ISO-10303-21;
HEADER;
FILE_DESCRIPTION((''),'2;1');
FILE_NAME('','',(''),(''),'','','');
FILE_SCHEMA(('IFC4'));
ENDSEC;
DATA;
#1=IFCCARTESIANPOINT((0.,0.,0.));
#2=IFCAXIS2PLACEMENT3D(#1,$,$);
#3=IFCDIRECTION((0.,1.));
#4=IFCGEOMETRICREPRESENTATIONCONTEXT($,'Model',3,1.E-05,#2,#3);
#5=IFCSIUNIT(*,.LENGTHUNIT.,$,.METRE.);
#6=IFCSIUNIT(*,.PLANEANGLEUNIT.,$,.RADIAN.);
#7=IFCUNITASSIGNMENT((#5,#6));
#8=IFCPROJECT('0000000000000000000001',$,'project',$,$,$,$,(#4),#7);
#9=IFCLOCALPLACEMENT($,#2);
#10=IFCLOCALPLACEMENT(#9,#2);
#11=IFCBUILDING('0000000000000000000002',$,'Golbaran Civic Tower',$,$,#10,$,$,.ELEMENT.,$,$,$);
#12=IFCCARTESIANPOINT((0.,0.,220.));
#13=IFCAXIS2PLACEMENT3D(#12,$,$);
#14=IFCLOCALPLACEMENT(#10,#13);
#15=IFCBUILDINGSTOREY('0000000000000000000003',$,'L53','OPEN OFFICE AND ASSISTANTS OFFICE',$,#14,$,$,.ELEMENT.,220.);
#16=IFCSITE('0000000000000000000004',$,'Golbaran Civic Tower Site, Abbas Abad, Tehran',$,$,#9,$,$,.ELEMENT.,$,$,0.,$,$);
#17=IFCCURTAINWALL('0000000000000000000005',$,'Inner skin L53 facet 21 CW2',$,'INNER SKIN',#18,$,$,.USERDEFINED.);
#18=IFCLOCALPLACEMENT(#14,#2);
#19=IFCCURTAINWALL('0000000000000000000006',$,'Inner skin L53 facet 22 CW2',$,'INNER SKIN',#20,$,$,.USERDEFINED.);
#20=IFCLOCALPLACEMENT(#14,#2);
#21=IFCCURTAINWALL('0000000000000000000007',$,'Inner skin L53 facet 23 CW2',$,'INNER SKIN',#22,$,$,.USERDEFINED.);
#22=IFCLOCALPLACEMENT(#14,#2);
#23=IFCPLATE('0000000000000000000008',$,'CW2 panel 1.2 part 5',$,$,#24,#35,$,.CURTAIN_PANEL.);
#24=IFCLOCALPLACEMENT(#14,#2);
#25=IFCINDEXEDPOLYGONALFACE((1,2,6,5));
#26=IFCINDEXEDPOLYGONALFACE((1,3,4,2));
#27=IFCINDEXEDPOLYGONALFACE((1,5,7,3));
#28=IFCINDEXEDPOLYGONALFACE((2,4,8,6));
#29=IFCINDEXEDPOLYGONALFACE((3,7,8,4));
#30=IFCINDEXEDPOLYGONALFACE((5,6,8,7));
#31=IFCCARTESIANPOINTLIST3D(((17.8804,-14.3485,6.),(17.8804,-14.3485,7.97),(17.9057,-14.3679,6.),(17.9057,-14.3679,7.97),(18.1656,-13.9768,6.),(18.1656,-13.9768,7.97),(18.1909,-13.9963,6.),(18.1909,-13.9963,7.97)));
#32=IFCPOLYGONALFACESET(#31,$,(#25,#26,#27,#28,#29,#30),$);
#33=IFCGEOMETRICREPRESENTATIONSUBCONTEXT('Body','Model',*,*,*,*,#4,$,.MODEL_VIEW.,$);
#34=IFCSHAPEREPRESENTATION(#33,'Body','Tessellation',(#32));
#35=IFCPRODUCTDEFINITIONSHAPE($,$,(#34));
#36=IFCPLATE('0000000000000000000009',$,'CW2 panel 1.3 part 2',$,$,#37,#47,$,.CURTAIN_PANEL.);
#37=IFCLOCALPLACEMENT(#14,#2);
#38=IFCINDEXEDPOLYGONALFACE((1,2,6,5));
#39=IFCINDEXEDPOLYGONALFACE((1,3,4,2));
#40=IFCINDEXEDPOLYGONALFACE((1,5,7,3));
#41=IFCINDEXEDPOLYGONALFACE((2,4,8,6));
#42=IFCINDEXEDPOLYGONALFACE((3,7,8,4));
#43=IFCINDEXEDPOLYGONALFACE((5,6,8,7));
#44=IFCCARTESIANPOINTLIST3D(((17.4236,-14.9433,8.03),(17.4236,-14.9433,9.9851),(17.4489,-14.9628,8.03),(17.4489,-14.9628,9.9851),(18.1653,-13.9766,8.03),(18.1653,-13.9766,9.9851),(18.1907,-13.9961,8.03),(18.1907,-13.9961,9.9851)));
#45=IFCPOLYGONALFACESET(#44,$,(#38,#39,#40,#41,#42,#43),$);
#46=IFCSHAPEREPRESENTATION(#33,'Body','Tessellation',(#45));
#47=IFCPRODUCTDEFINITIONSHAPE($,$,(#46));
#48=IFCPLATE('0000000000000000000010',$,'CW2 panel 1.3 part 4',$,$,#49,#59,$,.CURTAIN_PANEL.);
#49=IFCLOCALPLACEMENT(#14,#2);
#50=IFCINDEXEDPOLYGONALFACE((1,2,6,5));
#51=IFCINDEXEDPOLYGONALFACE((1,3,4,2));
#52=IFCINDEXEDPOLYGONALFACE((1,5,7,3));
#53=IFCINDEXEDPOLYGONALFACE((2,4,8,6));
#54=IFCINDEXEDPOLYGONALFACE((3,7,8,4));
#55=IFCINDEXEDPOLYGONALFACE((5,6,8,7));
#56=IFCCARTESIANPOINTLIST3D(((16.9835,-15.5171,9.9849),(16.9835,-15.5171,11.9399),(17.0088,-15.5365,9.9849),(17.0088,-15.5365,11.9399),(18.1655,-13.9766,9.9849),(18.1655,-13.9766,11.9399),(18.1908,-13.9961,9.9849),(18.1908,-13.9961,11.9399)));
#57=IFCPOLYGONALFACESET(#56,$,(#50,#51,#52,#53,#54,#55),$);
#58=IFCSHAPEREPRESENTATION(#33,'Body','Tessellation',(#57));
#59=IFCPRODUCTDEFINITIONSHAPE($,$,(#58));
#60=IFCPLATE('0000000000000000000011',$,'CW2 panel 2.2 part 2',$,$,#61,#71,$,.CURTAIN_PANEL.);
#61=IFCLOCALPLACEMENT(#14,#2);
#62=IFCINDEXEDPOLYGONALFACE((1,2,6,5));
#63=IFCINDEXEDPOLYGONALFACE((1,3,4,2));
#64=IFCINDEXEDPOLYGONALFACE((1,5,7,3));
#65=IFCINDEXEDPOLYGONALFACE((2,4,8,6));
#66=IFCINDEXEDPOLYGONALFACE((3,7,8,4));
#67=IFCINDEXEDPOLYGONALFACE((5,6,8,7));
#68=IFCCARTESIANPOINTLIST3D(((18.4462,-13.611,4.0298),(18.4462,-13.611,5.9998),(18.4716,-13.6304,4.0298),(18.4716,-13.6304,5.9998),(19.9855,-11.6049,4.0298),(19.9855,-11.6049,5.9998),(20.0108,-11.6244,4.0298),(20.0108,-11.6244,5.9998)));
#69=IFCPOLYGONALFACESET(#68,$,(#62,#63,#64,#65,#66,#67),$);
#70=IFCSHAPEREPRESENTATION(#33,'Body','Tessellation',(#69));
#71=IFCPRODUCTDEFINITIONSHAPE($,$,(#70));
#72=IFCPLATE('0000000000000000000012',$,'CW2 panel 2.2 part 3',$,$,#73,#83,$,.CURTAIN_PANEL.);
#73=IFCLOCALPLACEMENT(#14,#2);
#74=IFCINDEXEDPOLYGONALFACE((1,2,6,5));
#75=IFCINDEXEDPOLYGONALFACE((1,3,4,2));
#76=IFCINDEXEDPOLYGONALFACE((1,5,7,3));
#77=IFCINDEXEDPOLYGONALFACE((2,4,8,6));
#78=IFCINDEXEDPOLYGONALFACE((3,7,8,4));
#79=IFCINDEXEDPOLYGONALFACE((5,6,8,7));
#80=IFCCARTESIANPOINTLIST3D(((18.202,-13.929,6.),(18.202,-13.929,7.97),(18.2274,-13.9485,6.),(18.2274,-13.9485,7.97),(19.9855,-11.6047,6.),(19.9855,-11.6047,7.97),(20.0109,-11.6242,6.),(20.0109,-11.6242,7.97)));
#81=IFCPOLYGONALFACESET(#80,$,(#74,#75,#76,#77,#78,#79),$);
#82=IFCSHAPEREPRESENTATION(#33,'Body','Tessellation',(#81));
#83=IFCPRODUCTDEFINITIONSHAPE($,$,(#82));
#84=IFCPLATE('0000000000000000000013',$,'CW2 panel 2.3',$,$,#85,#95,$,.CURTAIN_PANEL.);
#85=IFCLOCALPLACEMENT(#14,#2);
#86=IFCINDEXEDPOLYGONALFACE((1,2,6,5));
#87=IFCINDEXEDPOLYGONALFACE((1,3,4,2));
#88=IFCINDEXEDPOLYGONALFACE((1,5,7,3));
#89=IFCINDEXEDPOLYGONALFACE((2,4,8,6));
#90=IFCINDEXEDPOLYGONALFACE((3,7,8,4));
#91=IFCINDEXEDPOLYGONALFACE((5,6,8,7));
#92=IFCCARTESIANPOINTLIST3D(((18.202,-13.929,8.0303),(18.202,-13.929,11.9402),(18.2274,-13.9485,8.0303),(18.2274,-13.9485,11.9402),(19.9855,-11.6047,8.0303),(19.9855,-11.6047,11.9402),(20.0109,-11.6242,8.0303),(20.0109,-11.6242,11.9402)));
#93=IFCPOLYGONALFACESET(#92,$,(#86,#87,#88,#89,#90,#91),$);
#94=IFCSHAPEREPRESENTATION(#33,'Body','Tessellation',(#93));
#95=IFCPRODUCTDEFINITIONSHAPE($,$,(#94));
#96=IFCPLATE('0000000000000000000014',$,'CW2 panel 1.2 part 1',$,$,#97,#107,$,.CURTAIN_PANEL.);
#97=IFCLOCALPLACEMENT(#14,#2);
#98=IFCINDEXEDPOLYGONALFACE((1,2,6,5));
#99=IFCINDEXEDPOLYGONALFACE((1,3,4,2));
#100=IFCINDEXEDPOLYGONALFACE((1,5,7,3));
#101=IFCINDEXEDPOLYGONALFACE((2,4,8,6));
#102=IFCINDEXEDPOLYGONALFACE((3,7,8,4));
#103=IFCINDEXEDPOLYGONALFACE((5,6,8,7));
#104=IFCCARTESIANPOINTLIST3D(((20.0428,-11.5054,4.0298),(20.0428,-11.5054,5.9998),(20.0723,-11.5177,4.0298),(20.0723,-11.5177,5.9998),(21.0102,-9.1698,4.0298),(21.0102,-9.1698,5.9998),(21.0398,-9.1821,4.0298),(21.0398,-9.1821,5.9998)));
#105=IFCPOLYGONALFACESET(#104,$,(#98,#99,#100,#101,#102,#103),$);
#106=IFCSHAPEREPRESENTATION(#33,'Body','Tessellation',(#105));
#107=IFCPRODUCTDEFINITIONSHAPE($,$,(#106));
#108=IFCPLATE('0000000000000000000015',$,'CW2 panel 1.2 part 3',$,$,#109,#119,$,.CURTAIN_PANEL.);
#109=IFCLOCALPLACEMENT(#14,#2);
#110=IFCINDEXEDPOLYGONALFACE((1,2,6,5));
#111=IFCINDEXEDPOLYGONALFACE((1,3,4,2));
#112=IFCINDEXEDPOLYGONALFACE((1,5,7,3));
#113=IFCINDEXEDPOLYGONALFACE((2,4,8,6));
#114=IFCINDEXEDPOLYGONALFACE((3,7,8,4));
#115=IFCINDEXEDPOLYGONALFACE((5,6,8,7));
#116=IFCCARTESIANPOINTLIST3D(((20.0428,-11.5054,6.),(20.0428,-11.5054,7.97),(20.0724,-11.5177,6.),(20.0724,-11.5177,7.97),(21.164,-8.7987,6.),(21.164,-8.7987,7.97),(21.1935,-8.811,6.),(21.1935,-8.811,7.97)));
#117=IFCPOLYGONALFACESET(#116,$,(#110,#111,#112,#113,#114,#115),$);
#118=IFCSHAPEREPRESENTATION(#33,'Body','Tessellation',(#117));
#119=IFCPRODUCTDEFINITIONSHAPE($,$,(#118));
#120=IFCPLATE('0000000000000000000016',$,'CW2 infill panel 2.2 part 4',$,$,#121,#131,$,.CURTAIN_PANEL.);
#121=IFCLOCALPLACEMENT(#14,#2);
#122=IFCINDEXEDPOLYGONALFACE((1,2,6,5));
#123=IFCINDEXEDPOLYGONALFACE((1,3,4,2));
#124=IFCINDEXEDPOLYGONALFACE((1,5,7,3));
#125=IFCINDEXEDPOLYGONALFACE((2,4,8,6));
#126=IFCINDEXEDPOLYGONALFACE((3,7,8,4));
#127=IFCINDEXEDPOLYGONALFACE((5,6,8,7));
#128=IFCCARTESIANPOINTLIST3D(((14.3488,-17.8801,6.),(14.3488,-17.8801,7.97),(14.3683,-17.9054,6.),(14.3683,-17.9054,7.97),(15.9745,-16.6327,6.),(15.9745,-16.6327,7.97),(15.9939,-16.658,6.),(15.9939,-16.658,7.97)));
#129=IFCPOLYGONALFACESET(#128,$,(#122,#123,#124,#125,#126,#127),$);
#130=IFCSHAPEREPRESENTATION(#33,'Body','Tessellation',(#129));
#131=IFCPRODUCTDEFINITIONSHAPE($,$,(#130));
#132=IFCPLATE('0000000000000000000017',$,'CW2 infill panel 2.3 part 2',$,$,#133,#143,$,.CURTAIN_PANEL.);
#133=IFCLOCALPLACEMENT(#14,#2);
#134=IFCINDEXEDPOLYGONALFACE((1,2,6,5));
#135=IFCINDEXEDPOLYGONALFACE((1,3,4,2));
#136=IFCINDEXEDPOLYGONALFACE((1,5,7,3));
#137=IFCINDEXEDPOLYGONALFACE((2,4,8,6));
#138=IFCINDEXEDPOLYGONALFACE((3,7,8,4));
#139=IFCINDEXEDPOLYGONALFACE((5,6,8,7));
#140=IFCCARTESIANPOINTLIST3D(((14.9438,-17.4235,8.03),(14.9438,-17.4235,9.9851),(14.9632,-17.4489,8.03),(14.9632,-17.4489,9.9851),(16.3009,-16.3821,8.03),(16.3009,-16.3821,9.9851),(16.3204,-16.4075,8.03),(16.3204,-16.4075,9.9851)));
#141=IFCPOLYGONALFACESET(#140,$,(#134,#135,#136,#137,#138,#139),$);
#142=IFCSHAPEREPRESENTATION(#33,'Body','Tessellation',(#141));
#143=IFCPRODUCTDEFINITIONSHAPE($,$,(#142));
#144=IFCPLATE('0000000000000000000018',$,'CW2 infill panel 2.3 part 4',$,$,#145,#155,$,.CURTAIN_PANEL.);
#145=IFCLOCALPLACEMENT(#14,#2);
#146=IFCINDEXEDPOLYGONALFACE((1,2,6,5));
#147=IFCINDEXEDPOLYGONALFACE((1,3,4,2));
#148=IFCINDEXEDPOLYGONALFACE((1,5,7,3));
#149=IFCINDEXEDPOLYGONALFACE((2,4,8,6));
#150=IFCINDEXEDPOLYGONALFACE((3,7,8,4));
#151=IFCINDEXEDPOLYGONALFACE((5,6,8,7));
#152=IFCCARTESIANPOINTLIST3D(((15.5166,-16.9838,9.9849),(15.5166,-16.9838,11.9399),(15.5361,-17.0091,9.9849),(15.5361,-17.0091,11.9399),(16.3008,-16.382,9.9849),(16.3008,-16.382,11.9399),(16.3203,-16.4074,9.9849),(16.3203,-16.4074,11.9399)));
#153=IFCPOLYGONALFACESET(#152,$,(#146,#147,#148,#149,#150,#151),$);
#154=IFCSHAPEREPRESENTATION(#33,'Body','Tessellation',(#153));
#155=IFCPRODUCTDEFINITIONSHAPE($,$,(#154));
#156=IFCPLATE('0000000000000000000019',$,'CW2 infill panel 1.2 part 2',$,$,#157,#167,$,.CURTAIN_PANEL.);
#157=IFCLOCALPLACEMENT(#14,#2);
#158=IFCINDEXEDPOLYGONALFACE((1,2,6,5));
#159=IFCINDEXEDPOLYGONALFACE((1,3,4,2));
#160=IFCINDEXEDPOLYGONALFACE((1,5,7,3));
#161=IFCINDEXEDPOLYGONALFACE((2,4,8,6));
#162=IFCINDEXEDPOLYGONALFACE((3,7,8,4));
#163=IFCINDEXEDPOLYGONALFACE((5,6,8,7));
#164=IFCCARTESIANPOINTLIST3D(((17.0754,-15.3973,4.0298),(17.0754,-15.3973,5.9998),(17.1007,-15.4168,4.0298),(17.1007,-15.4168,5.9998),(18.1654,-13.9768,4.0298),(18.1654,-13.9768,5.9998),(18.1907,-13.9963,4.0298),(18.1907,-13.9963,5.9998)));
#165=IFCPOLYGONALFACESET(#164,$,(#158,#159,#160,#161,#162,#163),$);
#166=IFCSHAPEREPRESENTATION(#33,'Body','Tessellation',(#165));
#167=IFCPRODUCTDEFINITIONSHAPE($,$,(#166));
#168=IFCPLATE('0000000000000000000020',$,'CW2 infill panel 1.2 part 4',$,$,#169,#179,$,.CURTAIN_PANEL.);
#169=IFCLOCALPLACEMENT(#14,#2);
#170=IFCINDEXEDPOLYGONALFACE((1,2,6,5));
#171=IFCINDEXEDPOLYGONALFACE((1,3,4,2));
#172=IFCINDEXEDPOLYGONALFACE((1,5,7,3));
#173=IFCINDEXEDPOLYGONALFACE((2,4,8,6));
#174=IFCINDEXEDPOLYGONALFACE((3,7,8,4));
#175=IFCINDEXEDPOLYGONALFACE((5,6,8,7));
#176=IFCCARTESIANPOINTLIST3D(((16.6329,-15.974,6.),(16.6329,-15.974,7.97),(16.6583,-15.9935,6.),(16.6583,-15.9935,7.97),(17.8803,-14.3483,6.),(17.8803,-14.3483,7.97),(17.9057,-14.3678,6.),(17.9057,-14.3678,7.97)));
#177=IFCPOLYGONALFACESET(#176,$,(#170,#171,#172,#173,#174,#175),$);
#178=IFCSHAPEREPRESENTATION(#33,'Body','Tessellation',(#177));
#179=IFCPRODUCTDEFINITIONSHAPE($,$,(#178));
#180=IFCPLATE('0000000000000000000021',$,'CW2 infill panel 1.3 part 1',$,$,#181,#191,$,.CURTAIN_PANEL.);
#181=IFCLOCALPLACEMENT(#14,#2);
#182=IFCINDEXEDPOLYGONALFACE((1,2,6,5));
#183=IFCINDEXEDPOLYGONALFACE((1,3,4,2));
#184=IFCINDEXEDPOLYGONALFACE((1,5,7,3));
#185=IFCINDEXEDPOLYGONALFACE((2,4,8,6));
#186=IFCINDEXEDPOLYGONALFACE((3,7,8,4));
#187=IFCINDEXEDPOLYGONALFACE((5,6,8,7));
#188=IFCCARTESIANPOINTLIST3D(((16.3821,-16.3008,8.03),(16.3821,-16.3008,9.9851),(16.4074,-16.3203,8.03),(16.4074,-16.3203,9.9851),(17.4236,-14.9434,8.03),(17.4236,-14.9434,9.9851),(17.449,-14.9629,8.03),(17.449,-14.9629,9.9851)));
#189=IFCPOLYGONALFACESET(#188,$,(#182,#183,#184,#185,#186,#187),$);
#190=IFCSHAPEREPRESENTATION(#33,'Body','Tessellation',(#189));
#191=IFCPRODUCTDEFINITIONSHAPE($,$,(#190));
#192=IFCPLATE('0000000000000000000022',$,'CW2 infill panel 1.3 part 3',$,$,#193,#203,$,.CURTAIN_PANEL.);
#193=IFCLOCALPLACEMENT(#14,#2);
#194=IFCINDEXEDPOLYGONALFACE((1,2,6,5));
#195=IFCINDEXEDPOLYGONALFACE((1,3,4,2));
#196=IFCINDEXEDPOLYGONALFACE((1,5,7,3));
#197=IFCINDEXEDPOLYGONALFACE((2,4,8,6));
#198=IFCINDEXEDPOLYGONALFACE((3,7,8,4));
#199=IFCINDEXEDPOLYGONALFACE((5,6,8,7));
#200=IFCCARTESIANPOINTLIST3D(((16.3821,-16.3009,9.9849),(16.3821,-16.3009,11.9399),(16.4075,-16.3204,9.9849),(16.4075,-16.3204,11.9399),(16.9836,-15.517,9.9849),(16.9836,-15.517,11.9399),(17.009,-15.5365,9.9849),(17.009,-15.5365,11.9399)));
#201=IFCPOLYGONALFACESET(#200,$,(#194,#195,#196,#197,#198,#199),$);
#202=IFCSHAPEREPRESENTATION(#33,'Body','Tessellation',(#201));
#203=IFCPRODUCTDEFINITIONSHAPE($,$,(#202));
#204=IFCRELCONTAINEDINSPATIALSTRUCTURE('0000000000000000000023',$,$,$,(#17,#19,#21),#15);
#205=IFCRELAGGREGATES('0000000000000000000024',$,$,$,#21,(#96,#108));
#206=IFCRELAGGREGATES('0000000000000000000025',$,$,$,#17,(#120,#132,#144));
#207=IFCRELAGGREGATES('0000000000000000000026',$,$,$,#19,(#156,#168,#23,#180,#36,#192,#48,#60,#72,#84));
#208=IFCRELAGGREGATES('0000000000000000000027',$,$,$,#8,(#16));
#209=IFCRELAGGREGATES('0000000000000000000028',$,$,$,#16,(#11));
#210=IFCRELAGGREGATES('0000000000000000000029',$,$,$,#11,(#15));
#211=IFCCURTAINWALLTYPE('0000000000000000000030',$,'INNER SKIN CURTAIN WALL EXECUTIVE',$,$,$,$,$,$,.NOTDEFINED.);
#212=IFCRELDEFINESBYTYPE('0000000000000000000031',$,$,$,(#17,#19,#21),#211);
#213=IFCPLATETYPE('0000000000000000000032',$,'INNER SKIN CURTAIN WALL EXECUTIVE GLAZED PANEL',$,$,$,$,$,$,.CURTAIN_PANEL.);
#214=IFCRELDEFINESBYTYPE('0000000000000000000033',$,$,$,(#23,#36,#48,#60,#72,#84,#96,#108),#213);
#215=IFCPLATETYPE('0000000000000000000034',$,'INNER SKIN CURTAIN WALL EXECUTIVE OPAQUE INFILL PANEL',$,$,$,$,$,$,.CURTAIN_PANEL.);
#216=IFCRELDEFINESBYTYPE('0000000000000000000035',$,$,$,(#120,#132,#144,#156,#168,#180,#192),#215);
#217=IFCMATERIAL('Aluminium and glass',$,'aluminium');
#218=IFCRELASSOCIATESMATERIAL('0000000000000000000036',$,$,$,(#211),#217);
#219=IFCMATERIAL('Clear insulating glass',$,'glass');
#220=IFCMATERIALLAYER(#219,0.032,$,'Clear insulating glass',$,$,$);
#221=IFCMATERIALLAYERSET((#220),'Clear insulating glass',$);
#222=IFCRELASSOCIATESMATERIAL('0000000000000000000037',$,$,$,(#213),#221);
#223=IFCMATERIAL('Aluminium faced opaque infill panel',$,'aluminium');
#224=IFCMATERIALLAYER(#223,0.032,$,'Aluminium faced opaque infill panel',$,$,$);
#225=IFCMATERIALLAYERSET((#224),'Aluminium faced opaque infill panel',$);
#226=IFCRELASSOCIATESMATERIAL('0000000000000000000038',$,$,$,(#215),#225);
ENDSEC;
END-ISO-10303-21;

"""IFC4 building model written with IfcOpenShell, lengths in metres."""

from ifc_helpers import new_model, si_unit, direction, frame, origin, origin_2d, place, context, subcontext, project, spatial, rectangle, extrude, material, layer, layer_set, type_object, element, aggregate, save


model = new_model("IFC4")

# Units and contexts
model_context = context("Model", 3, precision=1e-05, world=origin(), true_north=direction((0.0, 1.0)))
body_context = subcontext(model_context, "Body", "Model", "MODEL_VIEW")
ifc_project = project(units=[si_unit("LENGTHUNIT", "METRE"), si_unit("PLANEANGLEUNIT", "RADIAN")], contexts=[model_context])

# Site, building, storey
site_placement = place(None, origin())
site = spatial("IfcSite", under=ifc_project, at=site_placement, Name="Golbaran Civic Tower Site, Abbas Abad, Tehran", CompositionType="ELEMENT", RefElevation=0.0)
building_placement = place(site_placement, origin())
building = spatial("IfcBuilding", under=site, at=building_placement, Name="Golbaran Civic Tower", CompositionType="ELEMENT")
storey_placement = place(building_placement, frame((0.0, 0.0, 220.0)))
storey = spatial("IfcBuildingStorey", under=building, at=storey_placement, Name="L53", Description="OPEN OFFICE AND ASSISTANTS OFFICE", CompositionType="ELEMENT", Elevation=220.0)

# Curtain walls
ifc_material_1 = material(Name="Aluminium and glass", Category="aluminium")
curtain_wall_type = type_object("IfcCurtainWallType", Name="INNER SKIN CURTAIN WALL EXECUTIVE", PredefinedType="NOTDEFINED", material=ifc_material_1)
curtain_wall_1_placement = place(storey_placement, origin())
curtain_wall_1 = element("IfcCurtainWall", 1, at=curtain_wall_1_placement, inside=storey, type_object=curtain_wall_type, Name="Inner skin L53 facet 21 CW2", ObjectType="INNER SKIN", PredefinedType="USERDEFINED")
curtain_wall_2_placement = place(storey_placement, origin())
curtain_wall_2 = element("IfcCurtainWall", 2, at=curtain_wall_2_placement, inside=storey, type_object=curtain_wall_type, Name="Inner skin L53 facet 22 CW2", ObjectType="INNER SKIN", PredefinedType="USERDEFINED")
curtain_wall_3_placement = place(storey_placement, origin())
curtain_wall_3 = element("IfcCurtainWall", 3, at=curtain_wall_3_placement, inside=storey, type_object=curtain_wall_type, Name="Inner skin L53 facet 23 CW2", ObjectType="INNER SKIN", PredefinedType="USERDEFINED")

# Plates
ifc_material_2 = material(Name="Clear insulating glass", Category="glass")
ifc_layer_1 = layer(ifc_material_2, 0.032, Name="Clear insulating glass")
ifc_layer_set_1 = layer_set([ifc_layer_1], Name="Clear insulating glass")
plate_type_1 = type_object("IfcPlateType", Name="INNER SKIN CURTAIN WALL EXECUTIVE GLAZED PANEL", PredefinedType="CURTAIN_PANEL", material=ifc_layer_set_1)
plate_1_placement = place(storey_placement, frame((18.0356, -14.1724, 6.0), z_axis=(0.0, 0.0, 1.0), x_axis=(0.608761, 0.793353, 0.0)))
plate_1 = element("IfcPlate", 4, at=plate_1_placement, type_object=plate_type_1, Name="CW2 panel 1.2 part 5", PredefinedType="CURTAIN_PANEL", context=body_context, shape_type="SweptSolid", body=[
    extrude(rectangle(XDim=0.4685, YDim=0.032, at=origin_2d()), origin(), (0.0, 0.0, 1.0), 1.97),
])
plate_2_placement = place(storey_placement, frame((17.8071, -14.4697, 8.03), z_axis=(0.0, 0.0, 1.0), x_axis=(0.608761, 0.793353, 0.0)))
plate_2 = element("IfcPlate", 5, at=plate_2_placement, type_object=plate_type_1, Name="CW2 panel 1.3 part 2", PredefinedType="CURTAIN_PANEL", context=body_context, shape_type="SweptSolid", body=[
    extrude(rectangle(XDim=1.2185, YDim=0.032, at=origin_2d()), origin(), (0.0, 0.0, 1.0), 1.9551),
])
plate_3_placement = place(storey_placement, frame((17.5872, -14.7566, 9.9849), z_axis=(0.0, 0.0, 1.0), x_axis=(0.608761, 0.793353, 0.0)))
plate_3 = element("IfcPlate", 6, at=plate_3_placement, type_object=plate_type_1, Name="CW2 panel 1.3 part 4", PredefinedType="CURTAIN_PANEL", context=body_context, shape_type="SweptSolid", body=[
    extrude(rectangle(XDim=1.9417, YDim=0.032, at=origin_2d()), origin(), (0.0, 0.0, 1.0), 1.9551),
])
plate_4_placement = place(storey_placement, frame((19.2285, -12.6177, 4.0298), z_axis=(0.0, 0.0, 1.0), x_axis=(0.608761, 0.793353, 0.0)))
plate_4 = element("IfcPlate", 7, at=plate_4_placement, type_object=plate_type_1, Name="CW2 panel 2.2 part 2", PredefinedType="CURTAIN_PANEL", context=body_context, shape_type="SweptSolid", body=[
    extrude(rectangle(XDim=2.5286, YDim=0.032, at=origin_2d()), origin(), (0.0, 0.0, 1.0), 1.97),
])
plate_5_placement = place(storey_placement, frame((19.1064, -12.7766, 6.0), z_axis=(0.0, 0.0, 1.0), x_axis=(0.608761, 0.793353, 0.0)))
plate_5 = element("IfcPlate", 8, at=plate_5_placement, type_object=plate_type_1, Name="CW2 panel 2.2 part 3", PredefinedType="CURTAIN_PANEL", context=body_context, shape_type="SweptSolid", body=[
    extrude(rectangle(XDim=2.9297, YDim=0.032, at=origin_2d()), origin(), (0.0, 0.0, 1.0), 1.97),
])
plate_6_placement = place(storey_placement, frame((19.1064, -12.7766, 8.0303), z_axis=(0.0, 0.0, 1.0), x_axis=(0.608761, 0.793353, 0.0)))
plate_6 = element("IfcPlate", 9, at=plate_6_placement, type_object=plate_type_1, Name="CW2 panel 2.3", PredefinedType="CURTAIN_PANEL", context=body_context, shape_type="SweptSolid", body=[
    extrude(rectangle(XDim=2.9297, YDim=0.032, at=origin_2d()), origin(), (0.0, 0.0, 1.0), 3.9099),
])
plate_7_placement = place(storey_placement, frame((20.5413, -10.3438, 4.0298), z_axis=(0.0, 0.0, 1.0), x_axis=(0.382683, 0.92388, 0.0)))
plate_7 = element("IfcPlate", 10, at=plate_7_placement, type_object=plate_type_1, Name="CW2 panel 1.2 part 1", PredefinedType="CURTAIN_PANEL", context=body_context, shape_type="SweptSolid", body=[
    extrude(rectangle(XDim=2.5281, YDim=0.032, at=origin_2d()), origin(), (0.0, 0.0, 1.0), 1.97),
])
plate_8_placement = place(storey_placement, frame((20.6182, -10.1582, 6.0), z_axis=(0.0, 0.0, 1.0), x_axis=(0.382683, 0.92388, 0.0)))
plate_8 = element("IfcPlate", 11, at=plate_8_placement, type_object=plate_type_1, Name="CW2 panel 1.2 part 3", PredefinedType="CURTAIN_PANEL", context=body_context, shape_type="SweptSolid", body=[
    extrude(rectangle(XDim=2.9297, YDim=0.032, at=origin_2d()), origin(), (0.0, 0.0, 1.0), 1.97),
])
aggregate(curtain_wall_3, [plate_7, plate_8])
ifc_material_3 = material(Name="Aluminium faced opaque infill panel", Category="aluminium")
ifc_layer_2 = layer(ifc_material_3, 0.032, Name="Aluminium faced opaque infill panel")
ifc_layer_set_2 = layer_set([ifc_layer_2], Name="Aluminium faced opaque infill panel")
plate_type_2 = type_object("IfcPlateType", Name="INNER SKIN CURTAIN WALL EXECUTIVE OPAQUE INFILL PANEL", PredefinedType="CURTAIN_PANEL", material=ifc_layer_set_2)
plate_9_placement = place(storey_placement, frame((15.1714, -17.269, 6.0), z_axis=(0.0, 0.0, 1.0), x_axis=(0.793353, 0.608761, 0.0)))
plate_9 = element("IfcPlate", 12, at=plate_9_placement, type_object=plate_type_2, Name="CW2 infill panel 2.2 part 4", PredefinedType="CURTAIN_PANEL", context=body_context, shape_type="SweptSolid", body=[
    extrude(rectangle(XDim=2.0491, YDim=0.032, at=origin_2d()), origin(), (0.0, 0.0, 1.0), 1.97),
])
plate_10_placement = place(storey_placement, frame((15.6321, -16.9155, 8.03), z_axis=(0.0, 0.0, 1.0), x_axis=(0.793353, 0.608761, 0.0)))
plate_10 = element("IfcPlate", 13, at=plate_10_placement, type_object=plate_type_2, Name="CW2 infill panel 2.3 part 2", PredefinedType="CURTAIN_PANEL", context=body_context, shape_type="SweptSolid", body=[
    extrude(rectangle(XDim=1.7107, YDim=0.032, at=origin_2d()), origin(), (0.0, 0.0, 1.0), 1.9551),
])
plate_11_placement = place(storey_placement, frame((15.9185, -16.6956, 9.9849), z_axis=(0.0, 0.0, 1.0), x_axis=(0.793353, 0.608761, 0.0)))
plate_11 = element("IfcPlate", 14, at=plate_11_placement, type_object=plate_type_2, Name="CW2 infill panel 2.3 part 4", PredefinedType="CURTAIN_PANEL", context=body_context, shape_type="SweptSolid", body=[
    extrude(rectangle(XDim=0.9885, YDim=0.032, at=origin_2d()), origin(), (0.0, 0.0, 1.0), 1.9551),
])
aggregate(curtain_wall_1, [plate_9, plate_10, plate_11])
plate_12_placement = place(storey_placement, frame((17.6331, -14.6968, 4.0298), z_axis=(0.0, 0.0, 1.0), x_axis=(0.608761, 0.793353, 0.0)))
plate_12 = element("IfcPlate", 15, at=plate_12_placement, type_object=plate_type_2, Name="CW2 infill panel 1.2 part 2", PredefinedType="CURTAIN_PANEL", context=body_context, shape_type="SweptSolid", body=[
    extrude(rectangle(XDim=1.7905, YDim=0.032, at=origin_2d()), origin(), (0.0, 0.0, 1.0), 1.97),
])
plate_13_placement = place(storey_placement, frame((17.2693, -15.1709, 6.0), z_axis=(0.0, 0.0, 1.0), x_axis=(0.608761, 0.793353, 0.0)))
plate_13 = element("IfcPlate", 16, at=plate_13_placement, type_object=plate_type_2, Name="CW2 infill panel 1.2 part 4", PredefinedType="CURTAIN_PANEL", context=body_context, shape_type="SweptSolid", body=[
    extrude(rectangle(XDim=2.0491, YDim=0.032, at=origin_2d()), origin(), (0.0, 0.0, 1.0), 1.97),
])
plate_14_placement = place(storey_placement, frame((16.9155, -15.6318, 8.03), z_axis=(0.0, 0.0, 1.0), x_axis=(0.608761, 0.793353, 0.0)))
plate_14 = element("IfcPlate", 17, at=plate_14_placement, type_object=plate_type_2, Name="CW2 infill panel 1.3 part 1", PredefinedType="CURTAIN_PANEL", context=body_context, shape_type="SweptSolid", body=[
    extrude(rectangle(XDim=1.7109, YDim=0.032, at=origin_2d()), origin(), (0.0, 0.0, 1.0), 1.9551),
])
plate_15_placement = place(storey_placement, frame((16.6956, -15.9187, 9.9849), z_axis=(0.0, 0.0, 1.0), x_axis=(0.608761, 0.793353, 0.0)))
plate_15 = element("IfcPlate", 18, at=plate_15_placement, type_object=plate_type_2, Name="CW2 infill panel 1.3 part 3", PredefinedType="CURTAIN_PANEL", context=body_context, shape_type="SweptSolid", body=[
    extrude(rectangle(XDim=0.988, YDim=0.032, at=origin_2d()), origin(), (0.0, 0.0, 1.0), 1.9551),
])
aggregate(curtain_wall_2, [plate_12, plate_13, plate_1, plate_14, plate_2, plate_15, plate_3, plate_4, plate_5, plate_6])

save(model, "model.ifc")
